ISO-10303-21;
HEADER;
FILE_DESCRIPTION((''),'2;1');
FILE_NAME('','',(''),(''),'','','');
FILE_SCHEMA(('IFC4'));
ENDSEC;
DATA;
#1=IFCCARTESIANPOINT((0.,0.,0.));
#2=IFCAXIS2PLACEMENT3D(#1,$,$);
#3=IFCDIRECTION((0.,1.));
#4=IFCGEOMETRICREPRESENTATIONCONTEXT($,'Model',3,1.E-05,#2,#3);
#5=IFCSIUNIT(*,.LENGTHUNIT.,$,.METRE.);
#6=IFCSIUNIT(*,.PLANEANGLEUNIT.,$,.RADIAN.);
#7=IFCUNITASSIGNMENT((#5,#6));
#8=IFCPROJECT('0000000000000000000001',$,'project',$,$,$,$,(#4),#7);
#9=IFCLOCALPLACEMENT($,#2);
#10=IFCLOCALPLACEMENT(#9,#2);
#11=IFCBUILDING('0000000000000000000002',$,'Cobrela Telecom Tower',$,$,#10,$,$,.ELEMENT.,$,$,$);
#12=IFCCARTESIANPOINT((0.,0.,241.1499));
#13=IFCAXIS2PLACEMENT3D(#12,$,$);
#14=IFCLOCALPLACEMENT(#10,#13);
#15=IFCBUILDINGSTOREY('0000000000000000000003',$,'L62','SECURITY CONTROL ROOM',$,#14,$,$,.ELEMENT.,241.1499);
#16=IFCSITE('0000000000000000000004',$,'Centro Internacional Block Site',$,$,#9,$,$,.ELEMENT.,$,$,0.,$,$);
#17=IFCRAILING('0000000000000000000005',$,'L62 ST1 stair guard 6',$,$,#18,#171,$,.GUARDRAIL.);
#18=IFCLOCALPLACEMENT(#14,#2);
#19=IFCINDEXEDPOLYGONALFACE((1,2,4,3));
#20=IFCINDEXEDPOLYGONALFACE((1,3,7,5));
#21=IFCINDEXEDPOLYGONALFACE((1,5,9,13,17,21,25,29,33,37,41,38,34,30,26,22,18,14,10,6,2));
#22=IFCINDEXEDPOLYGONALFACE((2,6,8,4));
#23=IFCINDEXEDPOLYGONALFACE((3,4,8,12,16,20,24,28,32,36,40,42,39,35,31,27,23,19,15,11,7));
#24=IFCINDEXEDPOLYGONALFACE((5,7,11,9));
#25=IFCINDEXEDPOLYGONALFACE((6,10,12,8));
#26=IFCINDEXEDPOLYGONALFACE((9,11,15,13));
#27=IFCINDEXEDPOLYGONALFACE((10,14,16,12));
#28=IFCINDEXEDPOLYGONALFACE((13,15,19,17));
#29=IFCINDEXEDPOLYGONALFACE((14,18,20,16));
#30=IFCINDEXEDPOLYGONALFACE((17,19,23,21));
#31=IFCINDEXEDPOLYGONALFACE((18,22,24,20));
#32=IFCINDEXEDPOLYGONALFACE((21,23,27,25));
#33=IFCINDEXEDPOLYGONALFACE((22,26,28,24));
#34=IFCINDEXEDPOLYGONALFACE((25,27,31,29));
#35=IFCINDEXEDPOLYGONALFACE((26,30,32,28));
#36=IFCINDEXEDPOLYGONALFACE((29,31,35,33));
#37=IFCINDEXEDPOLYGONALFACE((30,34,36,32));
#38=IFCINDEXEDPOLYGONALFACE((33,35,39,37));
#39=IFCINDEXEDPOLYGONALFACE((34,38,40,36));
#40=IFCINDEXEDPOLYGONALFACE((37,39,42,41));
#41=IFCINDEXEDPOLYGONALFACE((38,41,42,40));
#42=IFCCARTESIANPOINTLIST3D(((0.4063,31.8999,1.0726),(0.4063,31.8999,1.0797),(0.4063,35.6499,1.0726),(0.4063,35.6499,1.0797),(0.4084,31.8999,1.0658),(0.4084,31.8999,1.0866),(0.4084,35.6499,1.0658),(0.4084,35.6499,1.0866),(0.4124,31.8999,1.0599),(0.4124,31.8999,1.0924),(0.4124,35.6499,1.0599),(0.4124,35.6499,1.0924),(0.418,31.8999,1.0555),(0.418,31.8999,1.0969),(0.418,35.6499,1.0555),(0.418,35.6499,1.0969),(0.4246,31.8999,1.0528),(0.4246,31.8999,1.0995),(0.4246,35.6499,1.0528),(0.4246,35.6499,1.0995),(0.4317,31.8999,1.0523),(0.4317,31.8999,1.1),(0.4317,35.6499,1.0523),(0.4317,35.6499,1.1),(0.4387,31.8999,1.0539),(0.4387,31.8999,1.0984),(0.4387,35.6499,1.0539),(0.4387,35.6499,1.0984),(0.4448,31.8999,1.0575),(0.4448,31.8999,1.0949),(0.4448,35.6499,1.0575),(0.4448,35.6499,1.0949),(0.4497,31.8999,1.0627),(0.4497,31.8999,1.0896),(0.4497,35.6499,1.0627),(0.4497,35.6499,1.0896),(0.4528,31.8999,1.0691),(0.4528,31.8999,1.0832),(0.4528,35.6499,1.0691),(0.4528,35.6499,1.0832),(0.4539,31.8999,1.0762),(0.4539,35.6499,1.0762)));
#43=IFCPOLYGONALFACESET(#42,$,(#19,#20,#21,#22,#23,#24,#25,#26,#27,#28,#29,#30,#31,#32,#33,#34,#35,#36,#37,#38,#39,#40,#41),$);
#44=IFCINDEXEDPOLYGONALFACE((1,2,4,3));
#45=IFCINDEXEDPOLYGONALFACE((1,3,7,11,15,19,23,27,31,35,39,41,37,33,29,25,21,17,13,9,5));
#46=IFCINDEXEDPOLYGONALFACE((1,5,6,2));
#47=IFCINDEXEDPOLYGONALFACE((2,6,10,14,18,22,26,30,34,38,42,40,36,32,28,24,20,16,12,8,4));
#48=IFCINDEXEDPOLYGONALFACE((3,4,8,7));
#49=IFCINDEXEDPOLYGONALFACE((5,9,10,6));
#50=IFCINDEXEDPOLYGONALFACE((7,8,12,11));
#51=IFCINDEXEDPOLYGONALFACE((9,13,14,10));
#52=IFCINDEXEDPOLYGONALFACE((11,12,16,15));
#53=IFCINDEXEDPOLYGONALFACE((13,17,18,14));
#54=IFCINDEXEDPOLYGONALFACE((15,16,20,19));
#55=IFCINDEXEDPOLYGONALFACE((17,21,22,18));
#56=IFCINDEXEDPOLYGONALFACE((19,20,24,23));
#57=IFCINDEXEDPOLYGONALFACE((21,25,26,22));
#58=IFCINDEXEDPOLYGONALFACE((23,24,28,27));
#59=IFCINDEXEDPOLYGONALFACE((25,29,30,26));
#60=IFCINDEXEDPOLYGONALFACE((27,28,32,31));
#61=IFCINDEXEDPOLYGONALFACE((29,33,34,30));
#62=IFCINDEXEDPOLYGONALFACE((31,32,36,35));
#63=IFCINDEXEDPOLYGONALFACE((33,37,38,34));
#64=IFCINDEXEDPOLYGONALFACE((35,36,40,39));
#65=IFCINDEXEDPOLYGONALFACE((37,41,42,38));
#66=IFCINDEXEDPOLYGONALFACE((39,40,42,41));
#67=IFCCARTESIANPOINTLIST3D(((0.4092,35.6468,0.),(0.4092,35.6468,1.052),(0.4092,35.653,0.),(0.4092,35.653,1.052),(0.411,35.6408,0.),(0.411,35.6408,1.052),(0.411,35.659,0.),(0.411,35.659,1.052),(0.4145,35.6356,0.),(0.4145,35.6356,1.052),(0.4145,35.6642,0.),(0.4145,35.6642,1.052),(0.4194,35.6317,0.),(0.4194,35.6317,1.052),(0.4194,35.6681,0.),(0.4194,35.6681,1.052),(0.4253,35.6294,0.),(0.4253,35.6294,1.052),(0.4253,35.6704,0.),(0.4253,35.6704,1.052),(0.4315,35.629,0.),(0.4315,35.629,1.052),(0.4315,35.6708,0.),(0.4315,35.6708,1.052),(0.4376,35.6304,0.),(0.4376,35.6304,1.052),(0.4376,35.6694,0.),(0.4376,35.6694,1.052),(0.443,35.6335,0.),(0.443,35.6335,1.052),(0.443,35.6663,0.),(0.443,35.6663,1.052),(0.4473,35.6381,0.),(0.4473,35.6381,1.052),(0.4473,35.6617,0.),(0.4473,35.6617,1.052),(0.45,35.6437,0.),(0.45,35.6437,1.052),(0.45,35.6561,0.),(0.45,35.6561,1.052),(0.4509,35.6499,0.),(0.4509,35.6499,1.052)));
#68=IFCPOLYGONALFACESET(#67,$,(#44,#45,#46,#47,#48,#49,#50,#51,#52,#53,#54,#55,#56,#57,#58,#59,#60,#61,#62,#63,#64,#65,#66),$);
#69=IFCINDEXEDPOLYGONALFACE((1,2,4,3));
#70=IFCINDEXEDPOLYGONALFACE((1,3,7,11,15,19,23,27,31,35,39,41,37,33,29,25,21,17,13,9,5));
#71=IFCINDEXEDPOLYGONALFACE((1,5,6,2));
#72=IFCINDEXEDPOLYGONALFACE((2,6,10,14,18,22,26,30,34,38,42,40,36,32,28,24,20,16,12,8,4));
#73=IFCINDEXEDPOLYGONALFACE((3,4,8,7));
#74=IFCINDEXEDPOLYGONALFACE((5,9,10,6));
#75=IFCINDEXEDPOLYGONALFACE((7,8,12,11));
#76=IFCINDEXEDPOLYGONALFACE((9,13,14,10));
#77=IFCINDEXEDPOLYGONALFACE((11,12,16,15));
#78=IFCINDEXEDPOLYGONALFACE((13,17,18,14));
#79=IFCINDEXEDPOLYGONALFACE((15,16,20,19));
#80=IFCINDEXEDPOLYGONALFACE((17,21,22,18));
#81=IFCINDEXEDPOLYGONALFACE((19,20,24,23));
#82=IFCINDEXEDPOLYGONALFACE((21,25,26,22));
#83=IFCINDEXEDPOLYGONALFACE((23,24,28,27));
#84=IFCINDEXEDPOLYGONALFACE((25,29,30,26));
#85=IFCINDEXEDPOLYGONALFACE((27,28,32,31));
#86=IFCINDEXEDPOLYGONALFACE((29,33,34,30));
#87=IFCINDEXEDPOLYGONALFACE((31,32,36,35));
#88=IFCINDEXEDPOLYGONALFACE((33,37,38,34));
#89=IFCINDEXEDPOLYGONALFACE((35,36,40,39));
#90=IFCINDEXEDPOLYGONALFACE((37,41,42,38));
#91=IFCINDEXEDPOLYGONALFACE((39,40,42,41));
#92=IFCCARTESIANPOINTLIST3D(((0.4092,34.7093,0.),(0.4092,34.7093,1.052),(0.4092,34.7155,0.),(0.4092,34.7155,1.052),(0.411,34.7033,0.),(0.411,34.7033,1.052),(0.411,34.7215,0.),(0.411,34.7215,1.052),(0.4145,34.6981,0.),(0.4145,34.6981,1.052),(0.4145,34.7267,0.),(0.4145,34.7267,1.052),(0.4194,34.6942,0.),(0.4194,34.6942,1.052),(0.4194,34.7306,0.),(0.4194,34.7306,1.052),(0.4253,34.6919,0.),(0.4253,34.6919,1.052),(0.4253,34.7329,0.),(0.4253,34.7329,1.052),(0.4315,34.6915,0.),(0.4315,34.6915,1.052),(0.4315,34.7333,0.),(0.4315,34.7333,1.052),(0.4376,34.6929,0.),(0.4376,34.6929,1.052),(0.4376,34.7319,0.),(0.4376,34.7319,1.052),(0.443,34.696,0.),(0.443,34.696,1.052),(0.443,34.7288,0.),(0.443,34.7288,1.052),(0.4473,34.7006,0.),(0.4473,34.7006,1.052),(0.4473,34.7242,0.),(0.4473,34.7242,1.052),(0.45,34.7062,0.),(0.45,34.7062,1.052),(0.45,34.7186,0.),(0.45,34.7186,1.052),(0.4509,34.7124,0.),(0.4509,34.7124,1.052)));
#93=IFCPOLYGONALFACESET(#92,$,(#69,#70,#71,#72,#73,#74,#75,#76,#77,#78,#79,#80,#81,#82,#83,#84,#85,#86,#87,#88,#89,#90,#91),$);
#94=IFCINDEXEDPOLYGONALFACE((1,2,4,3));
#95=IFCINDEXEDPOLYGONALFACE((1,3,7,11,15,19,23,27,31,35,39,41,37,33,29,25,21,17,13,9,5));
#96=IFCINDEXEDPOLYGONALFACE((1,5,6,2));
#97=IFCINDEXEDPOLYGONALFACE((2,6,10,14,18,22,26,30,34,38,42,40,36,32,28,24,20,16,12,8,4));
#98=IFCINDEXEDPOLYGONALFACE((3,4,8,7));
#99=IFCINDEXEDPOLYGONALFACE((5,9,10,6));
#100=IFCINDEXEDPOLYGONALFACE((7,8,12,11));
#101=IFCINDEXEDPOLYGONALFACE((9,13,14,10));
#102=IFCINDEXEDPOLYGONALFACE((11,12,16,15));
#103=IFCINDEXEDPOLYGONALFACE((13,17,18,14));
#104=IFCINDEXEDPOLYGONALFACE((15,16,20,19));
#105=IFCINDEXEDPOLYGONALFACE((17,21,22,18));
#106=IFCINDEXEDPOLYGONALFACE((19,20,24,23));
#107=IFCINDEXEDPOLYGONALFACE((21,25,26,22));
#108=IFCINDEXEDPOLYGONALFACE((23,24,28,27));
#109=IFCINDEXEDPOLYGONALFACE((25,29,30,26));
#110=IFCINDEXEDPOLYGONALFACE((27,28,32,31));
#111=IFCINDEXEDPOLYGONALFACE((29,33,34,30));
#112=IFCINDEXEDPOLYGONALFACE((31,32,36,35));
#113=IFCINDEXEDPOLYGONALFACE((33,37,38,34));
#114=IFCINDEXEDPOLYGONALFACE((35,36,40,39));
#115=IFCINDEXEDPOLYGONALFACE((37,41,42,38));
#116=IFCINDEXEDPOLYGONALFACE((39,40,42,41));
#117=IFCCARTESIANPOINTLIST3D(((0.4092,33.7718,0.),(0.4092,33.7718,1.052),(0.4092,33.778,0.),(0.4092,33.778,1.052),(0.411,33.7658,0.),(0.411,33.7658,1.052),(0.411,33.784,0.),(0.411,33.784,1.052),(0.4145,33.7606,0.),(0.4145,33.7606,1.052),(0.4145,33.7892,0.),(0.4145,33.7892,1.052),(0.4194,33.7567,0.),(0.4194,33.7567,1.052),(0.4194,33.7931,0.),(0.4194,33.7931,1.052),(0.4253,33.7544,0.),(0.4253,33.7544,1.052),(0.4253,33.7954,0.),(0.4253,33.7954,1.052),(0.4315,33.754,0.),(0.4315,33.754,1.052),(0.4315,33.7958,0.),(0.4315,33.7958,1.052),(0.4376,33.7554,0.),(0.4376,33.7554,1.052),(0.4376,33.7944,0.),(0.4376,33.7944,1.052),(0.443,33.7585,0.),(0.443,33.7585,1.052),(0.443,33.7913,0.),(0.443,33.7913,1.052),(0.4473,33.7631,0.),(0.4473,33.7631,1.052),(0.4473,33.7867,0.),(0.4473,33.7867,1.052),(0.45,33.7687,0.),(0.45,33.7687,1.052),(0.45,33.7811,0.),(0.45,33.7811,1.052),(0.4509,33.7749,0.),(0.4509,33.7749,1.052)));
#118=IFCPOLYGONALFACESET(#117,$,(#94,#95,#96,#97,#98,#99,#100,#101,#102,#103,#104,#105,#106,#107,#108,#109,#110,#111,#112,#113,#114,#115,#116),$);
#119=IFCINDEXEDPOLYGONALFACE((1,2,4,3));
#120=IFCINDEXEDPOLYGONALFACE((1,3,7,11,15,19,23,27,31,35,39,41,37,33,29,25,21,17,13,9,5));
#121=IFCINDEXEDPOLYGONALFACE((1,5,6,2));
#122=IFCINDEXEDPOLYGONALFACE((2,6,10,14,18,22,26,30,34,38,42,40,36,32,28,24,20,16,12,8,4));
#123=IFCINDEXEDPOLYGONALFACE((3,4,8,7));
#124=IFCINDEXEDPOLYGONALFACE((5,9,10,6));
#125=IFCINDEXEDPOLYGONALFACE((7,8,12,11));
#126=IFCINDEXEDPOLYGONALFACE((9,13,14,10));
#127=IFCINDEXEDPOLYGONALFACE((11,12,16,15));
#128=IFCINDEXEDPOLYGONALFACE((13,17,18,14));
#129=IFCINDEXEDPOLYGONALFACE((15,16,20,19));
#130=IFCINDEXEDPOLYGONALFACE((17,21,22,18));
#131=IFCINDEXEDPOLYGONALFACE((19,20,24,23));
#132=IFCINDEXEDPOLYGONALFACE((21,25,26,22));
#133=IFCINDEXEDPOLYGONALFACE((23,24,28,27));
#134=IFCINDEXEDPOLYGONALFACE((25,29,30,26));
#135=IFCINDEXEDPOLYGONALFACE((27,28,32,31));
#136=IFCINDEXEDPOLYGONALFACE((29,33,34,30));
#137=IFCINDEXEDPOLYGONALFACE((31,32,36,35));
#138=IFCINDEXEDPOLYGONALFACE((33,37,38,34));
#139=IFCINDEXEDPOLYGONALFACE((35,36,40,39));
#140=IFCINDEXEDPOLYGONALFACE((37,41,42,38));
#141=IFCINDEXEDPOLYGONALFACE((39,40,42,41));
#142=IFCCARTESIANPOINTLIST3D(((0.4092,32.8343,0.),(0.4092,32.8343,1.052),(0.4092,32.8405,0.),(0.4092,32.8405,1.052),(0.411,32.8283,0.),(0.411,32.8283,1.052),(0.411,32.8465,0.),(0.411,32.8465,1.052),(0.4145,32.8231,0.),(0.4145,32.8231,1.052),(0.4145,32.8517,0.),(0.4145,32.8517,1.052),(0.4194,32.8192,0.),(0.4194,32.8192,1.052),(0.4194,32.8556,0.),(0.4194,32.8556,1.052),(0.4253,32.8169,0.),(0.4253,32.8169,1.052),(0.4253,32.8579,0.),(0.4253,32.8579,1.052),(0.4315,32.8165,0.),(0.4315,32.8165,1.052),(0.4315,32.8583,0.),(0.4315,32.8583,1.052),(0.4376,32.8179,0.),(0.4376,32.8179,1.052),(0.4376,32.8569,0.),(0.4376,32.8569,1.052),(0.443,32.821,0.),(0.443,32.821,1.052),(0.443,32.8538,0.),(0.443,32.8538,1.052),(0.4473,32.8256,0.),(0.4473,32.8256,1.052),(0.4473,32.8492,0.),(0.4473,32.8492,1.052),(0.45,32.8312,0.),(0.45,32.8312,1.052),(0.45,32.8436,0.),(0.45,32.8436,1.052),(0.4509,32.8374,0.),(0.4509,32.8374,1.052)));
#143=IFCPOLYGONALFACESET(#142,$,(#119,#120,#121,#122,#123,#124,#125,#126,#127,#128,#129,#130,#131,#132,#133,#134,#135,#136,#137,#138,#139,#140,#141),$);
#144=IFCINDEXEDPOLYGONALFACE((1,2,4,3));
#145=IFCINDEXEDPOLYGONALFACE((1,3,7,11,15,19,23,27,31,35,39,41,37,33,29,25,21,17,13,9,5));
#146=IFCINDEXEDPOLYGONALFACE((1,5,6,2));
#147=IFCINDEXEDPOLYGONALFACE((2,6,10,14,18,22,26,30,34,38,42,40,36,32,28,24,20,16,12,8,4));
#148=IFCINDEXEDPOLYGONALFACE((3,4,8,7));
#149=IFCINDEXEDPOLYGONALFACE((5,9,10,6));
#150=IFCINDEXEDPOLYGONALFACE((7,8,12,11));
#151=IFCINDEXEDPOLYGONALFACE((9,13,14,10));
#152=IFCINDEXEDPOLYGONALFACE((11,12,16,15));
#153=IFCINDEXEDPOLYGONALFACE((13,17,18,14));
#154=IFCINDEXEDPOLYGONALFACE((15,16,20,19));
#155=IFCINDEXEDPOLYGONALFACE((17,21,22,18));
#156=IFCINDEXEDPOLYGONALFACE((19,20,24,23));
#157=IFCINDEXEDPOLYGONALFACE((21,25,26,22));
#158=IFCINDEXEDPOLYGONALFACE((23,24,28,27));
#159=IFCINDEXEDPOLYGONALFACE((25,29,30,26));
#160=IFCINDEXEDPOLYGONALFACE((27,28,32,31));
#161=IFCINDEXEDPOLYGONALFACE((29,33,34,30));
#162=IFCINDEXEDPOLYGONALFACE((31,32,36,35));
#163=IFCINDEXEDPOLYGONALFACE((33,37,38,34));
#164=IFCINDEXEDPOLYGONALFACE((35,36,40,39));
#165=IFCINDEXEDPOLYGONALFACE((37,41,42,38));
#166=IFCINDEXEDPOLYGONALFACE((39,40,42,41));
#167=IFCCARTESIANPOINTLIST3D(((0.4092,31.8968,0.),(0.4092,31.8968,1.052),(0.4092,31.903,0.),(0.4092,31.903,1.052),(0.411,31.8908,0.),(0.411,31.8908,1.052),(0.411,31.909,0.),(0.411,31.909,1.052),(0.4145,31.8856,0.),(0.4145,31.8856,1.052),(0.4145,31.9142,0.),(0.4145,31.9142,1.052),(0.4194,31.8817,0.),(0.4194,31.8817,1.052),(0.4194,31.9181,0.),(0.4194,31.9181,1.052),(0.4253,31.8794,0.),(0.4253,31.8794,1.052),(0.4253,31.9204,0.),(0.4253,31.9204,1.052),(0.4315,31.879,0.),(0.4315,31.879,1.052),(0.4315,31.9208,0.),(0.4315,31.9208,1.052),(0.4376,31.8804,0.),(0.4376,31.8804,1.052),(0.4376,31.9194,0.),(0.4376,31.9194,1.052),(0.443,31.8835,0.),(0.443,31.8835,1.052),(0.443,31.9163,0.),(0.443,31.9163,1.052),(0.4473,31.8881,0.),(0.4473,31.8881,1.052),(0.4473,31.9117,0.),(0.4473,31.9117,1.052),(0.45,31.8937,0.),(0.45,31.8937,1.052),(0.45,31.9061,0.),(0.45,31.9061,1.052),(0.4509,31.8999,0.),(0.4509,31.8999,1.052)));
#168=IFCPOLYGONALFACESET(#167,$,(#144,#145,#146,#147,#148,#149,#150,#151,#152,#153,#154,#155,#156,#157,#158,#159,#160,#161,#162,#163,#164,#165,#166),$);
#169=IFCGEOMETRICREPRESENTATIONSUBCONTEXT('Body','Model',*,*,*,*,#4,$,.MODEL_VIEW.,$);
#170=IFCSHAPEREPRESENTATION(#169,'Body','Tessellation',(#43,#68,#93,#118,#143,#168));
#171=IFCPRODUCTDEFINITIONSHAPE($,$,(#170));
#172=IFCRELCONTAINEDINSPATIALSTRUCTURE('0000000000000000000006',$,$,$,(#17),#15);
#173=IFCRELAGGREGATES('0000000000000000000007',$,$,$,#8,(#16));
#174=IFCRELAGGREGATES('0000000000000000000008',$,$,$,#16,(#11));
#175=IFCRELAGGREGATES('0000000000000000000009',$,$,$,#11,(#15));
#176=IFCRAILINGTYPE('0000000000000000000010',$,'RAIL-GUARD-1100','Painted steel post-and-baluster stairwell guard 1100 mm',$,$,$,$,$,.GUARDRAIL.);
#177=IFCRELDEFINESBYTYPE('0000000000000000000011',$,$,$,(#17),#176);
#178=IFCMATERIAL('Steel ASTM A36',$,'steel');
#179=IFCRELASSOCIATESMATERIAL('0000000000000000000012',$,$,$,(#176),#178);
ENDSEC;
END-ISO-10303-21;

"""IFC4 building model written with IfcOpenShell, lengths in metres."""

from ifc_helpers import new_model, si_unit, direction, frame, origin, origin_2d, place, context, subcontext, project, spatial, circle, extrude, material, type_object, element, save


model = new_model("IFC4")

# Units and contexts
model_context = context("Model", 3, precision=1e-05, world=origin(), true_north=direction((0.0, 1.0)))
body_context = subcontext(model_context, "Body", "Model", "MODEL_VIEW")
ifc_project = project(units=[si_unit("LENGTHUNIT", "METRE"), si_unit("PLANEANGLEUNIT", "RADIAN")], contexts=[model_context])

# Site, building, storey
site_placement = place(None, origin())
site = spatial("IfcSite", under=ifc_project, at=site_placement, Name="Centro Internacional Block Site", CompositionType="ELEMENT", RefElevation=0.0)
building_placement = place(site_placement, origin())
building = spatial("IfcBuilding", under=site, at=building_placement, Name="Cobrela Telecom Tower", CompositionType="ELEMENT")
storey_placement = place(building_placement, frame((0.0, 0.0, 241.1499)))
storey = spatial("IfcBuildingStorey", under=building, at=storey_placement, Name="L62", Description="SECURITY CONTROL ROOM", CompositionType="ELEMENT", Elevation=241.1499)

# Shared definitions
ifc_material_1 = material(Name="Steel ASTM A36", Category="steel")

# Railing
railing_type_1 = type_object("IfcRailingType", Name="RAIL-GUARD-1100", Description="Painted steel post-and-baluster stairwell guard 1100 mm", PredefinedType="GUARDRAIL", material=ifc_material_1)
railing_1_placement = place(storey_placement, frame((0.4299, 35.6499, 0.0)))
element("IfcRailing", 1, at=railing_1_placement, inside=storey, type_object=railing_type_1, Name="L62 ST1 stair guard 6", PredefinedType="GUARDRAIL", context=body_context, shape_type="SweptSolid", body=[
    extrude(circle(Radius=0.0239, at=origin_2d()), frame((0.0, 0.0, 1.0762), z_axis=(0.0, -1.0, 0.0), x_axis=(1.0, 0.0, 0.0)), (0.0, 0.0, 1.0), 3.75),
    extrude(circle(Radius=0.021, at=origin_2d()), origin(), (0.0, 0.0, 1.0), 1.052),
    extrude(circle(Radius=0.021, at=origin_2d()), frame((0.0, -0.9375, 0.0)), (0.0, 0.0, 1.0), 1.052),
    extrude(circle(Radius=0.021, at=origin_2d()), frame((0.0, -1.875, 0.0)), (0.0, 0.0, 1.0), 1.052),
    extrude(circle(Radius=0.021, at=origin_2d()), frame((0.0, -2.8125, 0.0)), (0.0, 0.0, 1.0), 1.052),
    extrude(circle(Radius=0.021, at=origin_2d()), frame((0.0, -3.75, 0.0)), (0.0, 0.0, 1.0), 1.052),
])

save(model, "model.ifc")
